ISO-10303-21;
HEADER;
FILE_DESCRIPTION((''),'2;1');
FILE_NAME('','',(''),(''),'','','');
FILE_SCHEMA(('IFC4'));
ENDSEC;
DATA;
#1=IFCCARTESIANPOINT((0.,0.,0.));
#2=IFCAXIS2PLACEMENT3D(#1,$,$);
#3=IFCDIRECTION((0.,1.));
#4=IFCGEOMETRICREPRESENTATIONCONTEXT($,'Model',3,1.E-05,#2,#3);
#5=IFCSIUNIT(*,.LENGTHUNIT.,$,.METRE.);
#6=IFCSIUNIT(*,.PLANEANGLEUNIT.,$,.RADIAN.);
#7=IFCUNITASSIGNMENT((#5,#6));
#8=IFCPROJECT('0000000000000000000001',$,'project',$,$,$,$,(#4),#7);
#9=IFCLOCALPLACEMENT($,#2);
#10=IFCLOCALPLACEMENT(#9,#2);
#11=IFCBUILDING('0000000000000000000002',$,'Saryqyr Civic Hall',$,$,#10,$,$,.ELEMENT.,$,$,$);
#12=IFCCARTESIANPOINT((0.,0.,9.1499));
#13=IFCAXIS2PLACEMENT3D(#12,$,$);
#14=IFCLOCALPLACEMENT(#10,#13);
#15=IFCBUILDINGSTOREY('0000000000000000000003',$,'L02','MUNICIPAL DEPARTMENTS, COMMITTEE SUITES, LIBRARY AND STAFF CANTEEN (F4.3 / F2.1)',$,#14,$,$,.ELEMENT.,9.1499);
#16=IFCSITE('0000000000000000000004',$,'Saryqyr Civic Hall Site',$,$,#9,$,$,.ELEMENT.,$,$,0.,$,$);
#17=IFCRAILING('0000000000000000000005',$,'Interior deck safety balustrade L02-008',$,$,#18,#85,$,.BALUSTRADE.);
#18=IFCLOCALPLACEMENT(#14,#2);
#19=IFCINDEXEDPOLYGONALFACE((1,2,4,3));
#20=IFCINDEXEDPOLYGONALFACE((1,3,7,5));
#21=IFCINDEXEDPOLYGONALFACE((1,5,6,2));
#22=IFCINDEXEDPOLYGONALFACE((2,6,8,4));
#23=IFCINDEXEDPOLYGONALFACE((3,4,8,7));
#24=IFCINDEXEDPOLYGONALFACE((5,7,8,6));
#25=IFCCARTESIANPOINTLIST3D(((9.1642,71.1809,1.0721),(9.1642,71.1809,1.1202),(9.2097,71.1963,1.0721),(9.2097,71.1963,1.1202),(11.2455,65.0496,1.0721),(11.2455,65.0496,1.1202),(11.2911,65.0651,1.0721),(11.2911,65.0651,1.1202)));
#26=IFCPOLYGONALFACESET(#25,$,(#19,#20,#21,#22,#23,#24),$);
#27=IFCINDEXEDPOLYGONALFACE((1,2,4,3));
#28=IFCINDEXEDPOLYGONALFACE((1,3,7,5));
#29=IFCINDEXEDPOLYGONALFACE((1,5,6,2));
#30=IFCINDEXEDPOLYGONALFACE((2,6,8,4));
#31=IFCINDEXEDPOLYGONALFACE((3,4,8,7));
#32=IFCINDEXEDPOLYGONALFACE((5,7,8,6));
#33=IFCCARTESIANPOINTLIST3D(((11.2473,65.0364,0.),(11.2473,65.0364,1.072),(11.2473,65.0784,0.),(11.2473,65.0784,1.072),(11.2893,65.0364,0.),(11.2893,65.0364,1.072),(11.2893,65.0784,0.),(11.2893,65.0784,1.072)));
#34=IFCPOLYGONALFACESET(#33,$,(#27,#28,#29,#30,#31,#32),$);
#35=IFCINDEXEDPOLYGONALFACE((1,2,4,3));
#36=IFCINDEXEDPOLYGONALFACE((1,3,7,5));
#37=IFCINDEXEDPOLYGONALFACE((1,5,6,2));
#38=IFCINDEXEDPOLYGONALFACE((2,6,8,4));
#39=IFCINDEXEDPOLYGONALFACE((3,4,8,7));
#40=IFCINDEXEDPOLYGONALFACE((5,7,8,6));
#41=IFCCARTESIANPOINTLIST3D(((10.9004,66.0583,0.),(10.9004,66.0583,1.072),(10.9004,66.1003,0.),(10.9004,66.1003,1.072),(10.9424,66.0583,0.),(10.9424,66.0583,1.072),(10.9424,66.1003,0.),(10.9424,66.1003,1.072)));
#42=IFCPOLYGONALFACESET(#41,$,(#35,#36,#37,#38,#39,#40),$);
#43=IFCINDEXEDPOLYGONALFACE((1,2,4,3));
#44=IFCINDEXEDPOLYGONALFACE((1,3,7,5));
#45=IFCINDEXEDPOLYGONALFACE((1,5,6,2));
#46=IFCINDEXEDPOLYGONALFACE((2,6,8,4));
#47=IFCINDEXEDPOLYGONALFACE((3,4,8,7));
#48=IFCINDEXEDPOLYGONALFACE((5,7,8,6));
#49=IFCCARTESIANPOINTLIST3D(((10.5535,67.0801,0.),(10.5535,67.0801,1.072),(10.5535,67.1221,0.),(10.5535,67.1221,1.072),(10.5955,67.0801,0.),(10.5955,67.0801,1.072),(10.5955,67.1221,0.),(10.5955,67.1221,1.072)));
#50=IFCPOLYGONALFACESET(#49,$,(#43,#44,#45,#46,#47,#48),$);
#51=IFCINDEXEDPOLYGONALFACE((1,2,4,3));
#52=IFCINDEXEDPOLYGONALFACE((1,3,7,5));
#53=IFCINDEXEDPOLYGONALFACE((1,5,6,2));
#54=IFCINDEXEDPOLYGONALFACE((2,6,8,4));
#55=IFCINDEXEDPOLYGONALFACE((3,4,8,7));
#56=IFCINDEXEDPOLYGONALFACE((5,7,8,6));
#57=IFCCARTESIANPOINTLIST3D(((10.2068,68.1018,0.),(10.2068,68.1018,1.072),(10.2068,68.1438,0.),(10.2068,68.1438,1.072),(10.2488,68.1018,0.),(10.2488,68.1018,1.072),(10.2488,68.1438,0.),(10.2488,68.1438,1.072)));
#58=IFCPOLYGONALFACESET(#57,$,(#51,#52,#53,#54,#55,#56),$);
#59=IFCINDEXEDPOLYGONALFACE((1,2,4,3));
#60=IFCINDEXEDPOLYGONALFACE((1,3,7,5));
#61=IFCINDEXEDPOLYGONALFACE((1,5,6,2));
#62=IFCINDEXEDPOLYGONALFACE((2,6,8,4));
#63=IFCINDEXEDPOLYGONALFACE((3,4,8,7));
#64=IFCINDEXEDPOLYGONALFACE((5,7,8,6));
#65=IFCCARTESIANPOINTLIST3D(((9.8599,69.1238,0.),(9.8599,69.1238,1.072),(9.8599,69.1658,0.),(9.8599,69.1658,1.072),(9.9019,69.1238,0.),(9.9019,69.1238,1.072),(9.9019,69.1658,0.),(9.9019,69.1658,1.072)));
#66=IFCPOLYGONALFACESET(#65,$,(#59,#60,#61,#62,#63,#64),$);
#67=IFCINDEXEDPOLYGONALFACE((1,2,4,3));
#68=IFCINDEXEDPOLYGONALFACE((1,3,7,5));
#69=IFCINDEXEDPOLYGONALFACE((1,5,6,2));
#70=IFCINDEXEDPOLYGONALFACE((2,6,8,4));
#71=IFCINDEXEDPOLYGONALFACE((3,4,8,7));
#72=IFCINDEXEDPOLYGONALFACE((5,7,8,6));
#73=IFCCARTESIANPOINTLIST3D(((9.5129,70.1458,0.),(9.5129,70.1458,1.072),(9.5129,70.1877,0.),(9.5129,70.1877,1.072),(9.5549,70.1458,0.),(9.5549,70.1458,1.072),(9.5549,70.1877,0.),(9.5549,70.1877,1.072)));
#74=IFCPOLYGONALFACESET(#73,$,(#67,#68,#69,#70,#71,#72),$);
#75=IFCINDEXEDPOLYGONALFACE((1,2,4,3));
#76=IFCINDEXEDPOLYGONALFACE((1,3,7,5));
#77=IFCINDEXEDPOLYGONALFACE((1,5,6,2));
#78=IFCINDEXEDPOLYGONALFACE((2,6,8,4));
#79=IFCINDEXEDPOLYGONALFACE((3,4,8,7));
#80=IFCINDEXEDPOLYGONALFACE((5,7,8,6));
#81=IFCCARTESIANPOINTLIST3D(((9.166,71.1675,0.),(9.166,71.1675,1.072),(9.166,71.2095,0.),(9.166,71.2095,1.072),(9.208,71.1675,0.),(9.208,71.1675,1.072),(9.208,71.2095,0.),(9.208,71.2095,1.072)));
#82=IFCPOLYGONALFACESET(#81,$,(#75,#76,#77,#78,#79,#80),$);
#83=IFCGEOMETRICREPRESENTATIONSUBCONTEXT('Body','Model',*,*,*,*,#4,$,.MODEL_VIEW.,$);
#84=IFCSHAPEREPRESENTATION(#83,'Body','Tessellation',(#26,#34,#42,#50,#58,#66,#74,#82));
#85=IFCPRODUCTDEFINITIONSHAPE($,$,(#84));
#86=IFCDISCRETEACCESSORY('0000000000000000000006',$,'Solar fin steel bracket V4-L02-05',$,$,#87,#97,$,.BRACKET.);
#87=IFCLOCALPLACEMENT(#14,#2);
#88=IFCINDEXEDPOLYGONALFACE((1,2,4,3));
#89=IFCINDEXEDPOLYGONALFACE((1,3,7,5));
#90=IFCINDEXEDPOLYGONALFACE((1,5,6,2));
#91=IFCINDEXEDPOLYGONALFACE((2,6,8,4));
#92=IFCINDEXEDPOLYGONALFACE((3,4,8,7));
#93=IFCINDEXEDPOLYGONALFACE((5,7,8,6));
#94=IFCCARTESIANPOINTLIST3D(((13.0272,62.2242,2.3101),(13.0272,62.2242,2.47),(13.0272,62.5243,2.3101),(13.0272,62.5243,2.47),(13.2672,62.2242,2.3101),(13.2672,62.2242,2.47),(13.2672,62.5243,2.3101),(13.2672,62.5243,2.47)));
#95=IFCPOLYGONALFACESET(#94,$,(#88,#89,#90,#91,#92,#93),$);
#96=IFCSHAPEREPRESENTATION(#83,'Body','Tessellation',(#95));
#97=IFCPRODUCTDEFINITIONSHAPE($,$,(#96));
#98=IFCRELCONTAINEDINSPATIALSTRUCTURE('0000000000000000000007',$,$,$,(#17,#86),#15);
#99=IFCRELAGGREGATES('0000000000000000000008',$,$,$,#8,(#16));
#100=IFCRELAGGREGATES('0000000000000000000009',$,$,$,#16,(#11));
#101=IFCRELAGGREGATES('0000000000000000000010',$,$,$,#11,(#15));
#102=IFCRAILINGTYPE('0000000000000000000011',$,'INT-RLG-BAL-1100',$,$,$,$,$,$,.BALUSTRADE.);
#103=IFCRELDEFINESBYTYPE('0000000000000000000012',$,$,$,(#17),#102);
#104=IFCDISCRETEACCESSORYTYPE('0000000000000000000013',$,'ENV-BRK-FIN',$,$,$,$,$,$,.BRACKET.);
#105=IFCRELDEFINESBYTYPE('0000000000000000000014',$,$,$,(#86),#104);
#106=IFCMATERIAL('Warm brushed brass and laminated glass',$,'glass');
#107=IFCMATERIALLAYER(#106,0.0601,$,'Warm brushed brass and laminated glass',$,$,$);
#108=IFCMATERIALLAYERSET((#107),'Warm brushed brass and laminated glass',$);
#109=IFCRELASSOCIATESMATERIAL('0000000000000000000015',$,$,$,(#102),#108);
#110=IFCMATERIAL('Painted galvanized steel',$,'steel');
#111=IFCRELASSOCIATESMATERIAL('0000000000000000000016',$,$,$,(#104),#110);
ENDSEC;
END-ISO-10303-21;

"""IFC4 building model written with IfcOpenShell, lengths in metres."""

from ifc_helpers import new_model, si_unit, direction, frame, origin, origin_2d, place, context, subcontext, project, spatial, rectangle, extrude, material, layer, layer_set, type_object, element, save


model = new_model("IFC4")

# Units and contexts
model_context = context("Model", 3, precision=1e-05, world=origin(), true_north=direction((0.0, 1.0)))
body_context = subcontext(model_context, "Body", "Model", "MODEL_VIEW")
ifc_project = project(units=[si_unit("LENGTHUNIT", "METRE"), si_unit("PLANEANGLEUNIT", "RADIAN")], contexts=[model_context])

# Site, building, storey
site_placement = place(None, origin())
site = spatial("IfcSite", under=ifc_project, at=site_placement, Name="Saryqyr Civic Hall Site", CompositionType="ELEMENT", RefElevation=0.0)
building_placement = place(site_placement, origin())
building = spatial("IfcBuilding", under=site, at=building_placement, Name="Saryqyr Civic Hall", CompositionType="ELEMENT")
storey_placement = place(building_placement, frame((0.0, 0.0, 9.1499)))
storey = spatial("IfcBuildingStorey", under=building, at=storey_placement, Name="L02", Description="MUNICIPAL DEPARTMENTS, COMMITTEE SUITES, LIBRARY AND STAFF CANTEEN (F4.3 / F2.1)", CompositionType="ELEMENT", Elevation=9.1499)

# Railing
ifc_material_1 = material(Name="Warm brushed brass and laminated glass", Category="glass")
ifc_layer_1 = layer(ifc_material_1, 0.0601, Name="Warm brushed brass and laminated glass")
ifc_layer_set_1 = layer_set([ifc_layer_1], Name="Warm brushed brass and laminated glass")
railing_type = type_object("IfcRailingType", Name="INT-RLG-BAL-1100", PredefinedType="BALUSTRADE", material=ifc_layer_set_1)
railing_1_placement = place(storey_placement, frame((11.2683, 65.0574, 0.0)))
element("IfcRailing", 1, at=railing_1_placement, inside=storey, type_object=railing_type, Name="Interior deck safety balustrade L02-008", PredefinedType="BALUSTRADE", context=body_context, shape_type="SweptSolid", body=[
    extrude(rectangle(XDim=0.0481, YDim=0.0481, at=origin_2d()), frame((0.0, 0.0, 1.0962), z_axis=(-0.321449, 0.946927, 0.0), x_axis=(-0.946927, -0.321449, 0.0)), (0.0, 0.0, 1.0), 6.4749),
    extrude(rectangle(XDim=0.042, YDim=0.042, at=origin_2d()), origin(), (0.0, 0.0, 1.0), 1.072),
    extrude(rectangle(XDim=0.042, YDim=0.042, at=origin_2d()), frame((-0.3469, 1.022, 0.0)), (0.0, 0.0, 1.0), 1.072),
    extrude(rectangle(XDim=0.042, YDim=0.042, at=origin_2d()), frame((-0.6938, 2.0437, 0.0)), (0.0, 0.0, 1.0), 1.072),
    extrude(rectangle(XDim=0.042, YDim=0.042, at=origin_2d()), frame((-1.0405, 3.0654, 0.0)), (0.0, 0.0, 1.0), 1.072),
    extrude(rectangle(XDim=0.042, YDim=0.042, at=origin_2d()), frame((-1.3875, 4.0874, 0.0)), (0.0, 0.0, 1.0), 1.072),
    extrude(rectangle(XDim=0.042, YDim=0.042, at=origin_2d()), frame((-1.7344, 5.1094, 0.0)), (0.0, 0.0, 1.0), 1.072),
    extrude(rectangle(XDim=0.042, YDim=0.042, at=origin_2d()), frame((-2.0813, 6.1311, 0.0)), (0.0, 0.0, 1.0), 1.072),
])

# Discrete accessory
ifc_material_2 = material(Name="Painted galvanized steel", Category="steel")
discrete_accessory_type = type_object("IfcDiscreteAccessoryType", Name="ENV-BRK-FIN", PredefinedType="BRACKET", material=ifc_material_2)
discrete_accessory_placement = place(storey_placement, frame((13.1472, 62.3743, 2.3101), z_axis=(0.0, 0.0, 1.0), x_axis=(1.0, 0.0, 0.0)))
element("IfcDiscreteAccessory", 2, at=discrete_accessory_placement, inside=storey, type_object=discrete_accessory_type, Name="Solar fin steel bracket V4-L02-05", PredefinedType="BRACKET", context=body_context, shape_type="SweptSolid", body=[
    extrude(rectangle(XDim=0.24, YDim=0.3, at=origin_2d()), origin(), (0.0, 0.0, 1.0), 0.1599),
])

save(model, "model.ifc")
